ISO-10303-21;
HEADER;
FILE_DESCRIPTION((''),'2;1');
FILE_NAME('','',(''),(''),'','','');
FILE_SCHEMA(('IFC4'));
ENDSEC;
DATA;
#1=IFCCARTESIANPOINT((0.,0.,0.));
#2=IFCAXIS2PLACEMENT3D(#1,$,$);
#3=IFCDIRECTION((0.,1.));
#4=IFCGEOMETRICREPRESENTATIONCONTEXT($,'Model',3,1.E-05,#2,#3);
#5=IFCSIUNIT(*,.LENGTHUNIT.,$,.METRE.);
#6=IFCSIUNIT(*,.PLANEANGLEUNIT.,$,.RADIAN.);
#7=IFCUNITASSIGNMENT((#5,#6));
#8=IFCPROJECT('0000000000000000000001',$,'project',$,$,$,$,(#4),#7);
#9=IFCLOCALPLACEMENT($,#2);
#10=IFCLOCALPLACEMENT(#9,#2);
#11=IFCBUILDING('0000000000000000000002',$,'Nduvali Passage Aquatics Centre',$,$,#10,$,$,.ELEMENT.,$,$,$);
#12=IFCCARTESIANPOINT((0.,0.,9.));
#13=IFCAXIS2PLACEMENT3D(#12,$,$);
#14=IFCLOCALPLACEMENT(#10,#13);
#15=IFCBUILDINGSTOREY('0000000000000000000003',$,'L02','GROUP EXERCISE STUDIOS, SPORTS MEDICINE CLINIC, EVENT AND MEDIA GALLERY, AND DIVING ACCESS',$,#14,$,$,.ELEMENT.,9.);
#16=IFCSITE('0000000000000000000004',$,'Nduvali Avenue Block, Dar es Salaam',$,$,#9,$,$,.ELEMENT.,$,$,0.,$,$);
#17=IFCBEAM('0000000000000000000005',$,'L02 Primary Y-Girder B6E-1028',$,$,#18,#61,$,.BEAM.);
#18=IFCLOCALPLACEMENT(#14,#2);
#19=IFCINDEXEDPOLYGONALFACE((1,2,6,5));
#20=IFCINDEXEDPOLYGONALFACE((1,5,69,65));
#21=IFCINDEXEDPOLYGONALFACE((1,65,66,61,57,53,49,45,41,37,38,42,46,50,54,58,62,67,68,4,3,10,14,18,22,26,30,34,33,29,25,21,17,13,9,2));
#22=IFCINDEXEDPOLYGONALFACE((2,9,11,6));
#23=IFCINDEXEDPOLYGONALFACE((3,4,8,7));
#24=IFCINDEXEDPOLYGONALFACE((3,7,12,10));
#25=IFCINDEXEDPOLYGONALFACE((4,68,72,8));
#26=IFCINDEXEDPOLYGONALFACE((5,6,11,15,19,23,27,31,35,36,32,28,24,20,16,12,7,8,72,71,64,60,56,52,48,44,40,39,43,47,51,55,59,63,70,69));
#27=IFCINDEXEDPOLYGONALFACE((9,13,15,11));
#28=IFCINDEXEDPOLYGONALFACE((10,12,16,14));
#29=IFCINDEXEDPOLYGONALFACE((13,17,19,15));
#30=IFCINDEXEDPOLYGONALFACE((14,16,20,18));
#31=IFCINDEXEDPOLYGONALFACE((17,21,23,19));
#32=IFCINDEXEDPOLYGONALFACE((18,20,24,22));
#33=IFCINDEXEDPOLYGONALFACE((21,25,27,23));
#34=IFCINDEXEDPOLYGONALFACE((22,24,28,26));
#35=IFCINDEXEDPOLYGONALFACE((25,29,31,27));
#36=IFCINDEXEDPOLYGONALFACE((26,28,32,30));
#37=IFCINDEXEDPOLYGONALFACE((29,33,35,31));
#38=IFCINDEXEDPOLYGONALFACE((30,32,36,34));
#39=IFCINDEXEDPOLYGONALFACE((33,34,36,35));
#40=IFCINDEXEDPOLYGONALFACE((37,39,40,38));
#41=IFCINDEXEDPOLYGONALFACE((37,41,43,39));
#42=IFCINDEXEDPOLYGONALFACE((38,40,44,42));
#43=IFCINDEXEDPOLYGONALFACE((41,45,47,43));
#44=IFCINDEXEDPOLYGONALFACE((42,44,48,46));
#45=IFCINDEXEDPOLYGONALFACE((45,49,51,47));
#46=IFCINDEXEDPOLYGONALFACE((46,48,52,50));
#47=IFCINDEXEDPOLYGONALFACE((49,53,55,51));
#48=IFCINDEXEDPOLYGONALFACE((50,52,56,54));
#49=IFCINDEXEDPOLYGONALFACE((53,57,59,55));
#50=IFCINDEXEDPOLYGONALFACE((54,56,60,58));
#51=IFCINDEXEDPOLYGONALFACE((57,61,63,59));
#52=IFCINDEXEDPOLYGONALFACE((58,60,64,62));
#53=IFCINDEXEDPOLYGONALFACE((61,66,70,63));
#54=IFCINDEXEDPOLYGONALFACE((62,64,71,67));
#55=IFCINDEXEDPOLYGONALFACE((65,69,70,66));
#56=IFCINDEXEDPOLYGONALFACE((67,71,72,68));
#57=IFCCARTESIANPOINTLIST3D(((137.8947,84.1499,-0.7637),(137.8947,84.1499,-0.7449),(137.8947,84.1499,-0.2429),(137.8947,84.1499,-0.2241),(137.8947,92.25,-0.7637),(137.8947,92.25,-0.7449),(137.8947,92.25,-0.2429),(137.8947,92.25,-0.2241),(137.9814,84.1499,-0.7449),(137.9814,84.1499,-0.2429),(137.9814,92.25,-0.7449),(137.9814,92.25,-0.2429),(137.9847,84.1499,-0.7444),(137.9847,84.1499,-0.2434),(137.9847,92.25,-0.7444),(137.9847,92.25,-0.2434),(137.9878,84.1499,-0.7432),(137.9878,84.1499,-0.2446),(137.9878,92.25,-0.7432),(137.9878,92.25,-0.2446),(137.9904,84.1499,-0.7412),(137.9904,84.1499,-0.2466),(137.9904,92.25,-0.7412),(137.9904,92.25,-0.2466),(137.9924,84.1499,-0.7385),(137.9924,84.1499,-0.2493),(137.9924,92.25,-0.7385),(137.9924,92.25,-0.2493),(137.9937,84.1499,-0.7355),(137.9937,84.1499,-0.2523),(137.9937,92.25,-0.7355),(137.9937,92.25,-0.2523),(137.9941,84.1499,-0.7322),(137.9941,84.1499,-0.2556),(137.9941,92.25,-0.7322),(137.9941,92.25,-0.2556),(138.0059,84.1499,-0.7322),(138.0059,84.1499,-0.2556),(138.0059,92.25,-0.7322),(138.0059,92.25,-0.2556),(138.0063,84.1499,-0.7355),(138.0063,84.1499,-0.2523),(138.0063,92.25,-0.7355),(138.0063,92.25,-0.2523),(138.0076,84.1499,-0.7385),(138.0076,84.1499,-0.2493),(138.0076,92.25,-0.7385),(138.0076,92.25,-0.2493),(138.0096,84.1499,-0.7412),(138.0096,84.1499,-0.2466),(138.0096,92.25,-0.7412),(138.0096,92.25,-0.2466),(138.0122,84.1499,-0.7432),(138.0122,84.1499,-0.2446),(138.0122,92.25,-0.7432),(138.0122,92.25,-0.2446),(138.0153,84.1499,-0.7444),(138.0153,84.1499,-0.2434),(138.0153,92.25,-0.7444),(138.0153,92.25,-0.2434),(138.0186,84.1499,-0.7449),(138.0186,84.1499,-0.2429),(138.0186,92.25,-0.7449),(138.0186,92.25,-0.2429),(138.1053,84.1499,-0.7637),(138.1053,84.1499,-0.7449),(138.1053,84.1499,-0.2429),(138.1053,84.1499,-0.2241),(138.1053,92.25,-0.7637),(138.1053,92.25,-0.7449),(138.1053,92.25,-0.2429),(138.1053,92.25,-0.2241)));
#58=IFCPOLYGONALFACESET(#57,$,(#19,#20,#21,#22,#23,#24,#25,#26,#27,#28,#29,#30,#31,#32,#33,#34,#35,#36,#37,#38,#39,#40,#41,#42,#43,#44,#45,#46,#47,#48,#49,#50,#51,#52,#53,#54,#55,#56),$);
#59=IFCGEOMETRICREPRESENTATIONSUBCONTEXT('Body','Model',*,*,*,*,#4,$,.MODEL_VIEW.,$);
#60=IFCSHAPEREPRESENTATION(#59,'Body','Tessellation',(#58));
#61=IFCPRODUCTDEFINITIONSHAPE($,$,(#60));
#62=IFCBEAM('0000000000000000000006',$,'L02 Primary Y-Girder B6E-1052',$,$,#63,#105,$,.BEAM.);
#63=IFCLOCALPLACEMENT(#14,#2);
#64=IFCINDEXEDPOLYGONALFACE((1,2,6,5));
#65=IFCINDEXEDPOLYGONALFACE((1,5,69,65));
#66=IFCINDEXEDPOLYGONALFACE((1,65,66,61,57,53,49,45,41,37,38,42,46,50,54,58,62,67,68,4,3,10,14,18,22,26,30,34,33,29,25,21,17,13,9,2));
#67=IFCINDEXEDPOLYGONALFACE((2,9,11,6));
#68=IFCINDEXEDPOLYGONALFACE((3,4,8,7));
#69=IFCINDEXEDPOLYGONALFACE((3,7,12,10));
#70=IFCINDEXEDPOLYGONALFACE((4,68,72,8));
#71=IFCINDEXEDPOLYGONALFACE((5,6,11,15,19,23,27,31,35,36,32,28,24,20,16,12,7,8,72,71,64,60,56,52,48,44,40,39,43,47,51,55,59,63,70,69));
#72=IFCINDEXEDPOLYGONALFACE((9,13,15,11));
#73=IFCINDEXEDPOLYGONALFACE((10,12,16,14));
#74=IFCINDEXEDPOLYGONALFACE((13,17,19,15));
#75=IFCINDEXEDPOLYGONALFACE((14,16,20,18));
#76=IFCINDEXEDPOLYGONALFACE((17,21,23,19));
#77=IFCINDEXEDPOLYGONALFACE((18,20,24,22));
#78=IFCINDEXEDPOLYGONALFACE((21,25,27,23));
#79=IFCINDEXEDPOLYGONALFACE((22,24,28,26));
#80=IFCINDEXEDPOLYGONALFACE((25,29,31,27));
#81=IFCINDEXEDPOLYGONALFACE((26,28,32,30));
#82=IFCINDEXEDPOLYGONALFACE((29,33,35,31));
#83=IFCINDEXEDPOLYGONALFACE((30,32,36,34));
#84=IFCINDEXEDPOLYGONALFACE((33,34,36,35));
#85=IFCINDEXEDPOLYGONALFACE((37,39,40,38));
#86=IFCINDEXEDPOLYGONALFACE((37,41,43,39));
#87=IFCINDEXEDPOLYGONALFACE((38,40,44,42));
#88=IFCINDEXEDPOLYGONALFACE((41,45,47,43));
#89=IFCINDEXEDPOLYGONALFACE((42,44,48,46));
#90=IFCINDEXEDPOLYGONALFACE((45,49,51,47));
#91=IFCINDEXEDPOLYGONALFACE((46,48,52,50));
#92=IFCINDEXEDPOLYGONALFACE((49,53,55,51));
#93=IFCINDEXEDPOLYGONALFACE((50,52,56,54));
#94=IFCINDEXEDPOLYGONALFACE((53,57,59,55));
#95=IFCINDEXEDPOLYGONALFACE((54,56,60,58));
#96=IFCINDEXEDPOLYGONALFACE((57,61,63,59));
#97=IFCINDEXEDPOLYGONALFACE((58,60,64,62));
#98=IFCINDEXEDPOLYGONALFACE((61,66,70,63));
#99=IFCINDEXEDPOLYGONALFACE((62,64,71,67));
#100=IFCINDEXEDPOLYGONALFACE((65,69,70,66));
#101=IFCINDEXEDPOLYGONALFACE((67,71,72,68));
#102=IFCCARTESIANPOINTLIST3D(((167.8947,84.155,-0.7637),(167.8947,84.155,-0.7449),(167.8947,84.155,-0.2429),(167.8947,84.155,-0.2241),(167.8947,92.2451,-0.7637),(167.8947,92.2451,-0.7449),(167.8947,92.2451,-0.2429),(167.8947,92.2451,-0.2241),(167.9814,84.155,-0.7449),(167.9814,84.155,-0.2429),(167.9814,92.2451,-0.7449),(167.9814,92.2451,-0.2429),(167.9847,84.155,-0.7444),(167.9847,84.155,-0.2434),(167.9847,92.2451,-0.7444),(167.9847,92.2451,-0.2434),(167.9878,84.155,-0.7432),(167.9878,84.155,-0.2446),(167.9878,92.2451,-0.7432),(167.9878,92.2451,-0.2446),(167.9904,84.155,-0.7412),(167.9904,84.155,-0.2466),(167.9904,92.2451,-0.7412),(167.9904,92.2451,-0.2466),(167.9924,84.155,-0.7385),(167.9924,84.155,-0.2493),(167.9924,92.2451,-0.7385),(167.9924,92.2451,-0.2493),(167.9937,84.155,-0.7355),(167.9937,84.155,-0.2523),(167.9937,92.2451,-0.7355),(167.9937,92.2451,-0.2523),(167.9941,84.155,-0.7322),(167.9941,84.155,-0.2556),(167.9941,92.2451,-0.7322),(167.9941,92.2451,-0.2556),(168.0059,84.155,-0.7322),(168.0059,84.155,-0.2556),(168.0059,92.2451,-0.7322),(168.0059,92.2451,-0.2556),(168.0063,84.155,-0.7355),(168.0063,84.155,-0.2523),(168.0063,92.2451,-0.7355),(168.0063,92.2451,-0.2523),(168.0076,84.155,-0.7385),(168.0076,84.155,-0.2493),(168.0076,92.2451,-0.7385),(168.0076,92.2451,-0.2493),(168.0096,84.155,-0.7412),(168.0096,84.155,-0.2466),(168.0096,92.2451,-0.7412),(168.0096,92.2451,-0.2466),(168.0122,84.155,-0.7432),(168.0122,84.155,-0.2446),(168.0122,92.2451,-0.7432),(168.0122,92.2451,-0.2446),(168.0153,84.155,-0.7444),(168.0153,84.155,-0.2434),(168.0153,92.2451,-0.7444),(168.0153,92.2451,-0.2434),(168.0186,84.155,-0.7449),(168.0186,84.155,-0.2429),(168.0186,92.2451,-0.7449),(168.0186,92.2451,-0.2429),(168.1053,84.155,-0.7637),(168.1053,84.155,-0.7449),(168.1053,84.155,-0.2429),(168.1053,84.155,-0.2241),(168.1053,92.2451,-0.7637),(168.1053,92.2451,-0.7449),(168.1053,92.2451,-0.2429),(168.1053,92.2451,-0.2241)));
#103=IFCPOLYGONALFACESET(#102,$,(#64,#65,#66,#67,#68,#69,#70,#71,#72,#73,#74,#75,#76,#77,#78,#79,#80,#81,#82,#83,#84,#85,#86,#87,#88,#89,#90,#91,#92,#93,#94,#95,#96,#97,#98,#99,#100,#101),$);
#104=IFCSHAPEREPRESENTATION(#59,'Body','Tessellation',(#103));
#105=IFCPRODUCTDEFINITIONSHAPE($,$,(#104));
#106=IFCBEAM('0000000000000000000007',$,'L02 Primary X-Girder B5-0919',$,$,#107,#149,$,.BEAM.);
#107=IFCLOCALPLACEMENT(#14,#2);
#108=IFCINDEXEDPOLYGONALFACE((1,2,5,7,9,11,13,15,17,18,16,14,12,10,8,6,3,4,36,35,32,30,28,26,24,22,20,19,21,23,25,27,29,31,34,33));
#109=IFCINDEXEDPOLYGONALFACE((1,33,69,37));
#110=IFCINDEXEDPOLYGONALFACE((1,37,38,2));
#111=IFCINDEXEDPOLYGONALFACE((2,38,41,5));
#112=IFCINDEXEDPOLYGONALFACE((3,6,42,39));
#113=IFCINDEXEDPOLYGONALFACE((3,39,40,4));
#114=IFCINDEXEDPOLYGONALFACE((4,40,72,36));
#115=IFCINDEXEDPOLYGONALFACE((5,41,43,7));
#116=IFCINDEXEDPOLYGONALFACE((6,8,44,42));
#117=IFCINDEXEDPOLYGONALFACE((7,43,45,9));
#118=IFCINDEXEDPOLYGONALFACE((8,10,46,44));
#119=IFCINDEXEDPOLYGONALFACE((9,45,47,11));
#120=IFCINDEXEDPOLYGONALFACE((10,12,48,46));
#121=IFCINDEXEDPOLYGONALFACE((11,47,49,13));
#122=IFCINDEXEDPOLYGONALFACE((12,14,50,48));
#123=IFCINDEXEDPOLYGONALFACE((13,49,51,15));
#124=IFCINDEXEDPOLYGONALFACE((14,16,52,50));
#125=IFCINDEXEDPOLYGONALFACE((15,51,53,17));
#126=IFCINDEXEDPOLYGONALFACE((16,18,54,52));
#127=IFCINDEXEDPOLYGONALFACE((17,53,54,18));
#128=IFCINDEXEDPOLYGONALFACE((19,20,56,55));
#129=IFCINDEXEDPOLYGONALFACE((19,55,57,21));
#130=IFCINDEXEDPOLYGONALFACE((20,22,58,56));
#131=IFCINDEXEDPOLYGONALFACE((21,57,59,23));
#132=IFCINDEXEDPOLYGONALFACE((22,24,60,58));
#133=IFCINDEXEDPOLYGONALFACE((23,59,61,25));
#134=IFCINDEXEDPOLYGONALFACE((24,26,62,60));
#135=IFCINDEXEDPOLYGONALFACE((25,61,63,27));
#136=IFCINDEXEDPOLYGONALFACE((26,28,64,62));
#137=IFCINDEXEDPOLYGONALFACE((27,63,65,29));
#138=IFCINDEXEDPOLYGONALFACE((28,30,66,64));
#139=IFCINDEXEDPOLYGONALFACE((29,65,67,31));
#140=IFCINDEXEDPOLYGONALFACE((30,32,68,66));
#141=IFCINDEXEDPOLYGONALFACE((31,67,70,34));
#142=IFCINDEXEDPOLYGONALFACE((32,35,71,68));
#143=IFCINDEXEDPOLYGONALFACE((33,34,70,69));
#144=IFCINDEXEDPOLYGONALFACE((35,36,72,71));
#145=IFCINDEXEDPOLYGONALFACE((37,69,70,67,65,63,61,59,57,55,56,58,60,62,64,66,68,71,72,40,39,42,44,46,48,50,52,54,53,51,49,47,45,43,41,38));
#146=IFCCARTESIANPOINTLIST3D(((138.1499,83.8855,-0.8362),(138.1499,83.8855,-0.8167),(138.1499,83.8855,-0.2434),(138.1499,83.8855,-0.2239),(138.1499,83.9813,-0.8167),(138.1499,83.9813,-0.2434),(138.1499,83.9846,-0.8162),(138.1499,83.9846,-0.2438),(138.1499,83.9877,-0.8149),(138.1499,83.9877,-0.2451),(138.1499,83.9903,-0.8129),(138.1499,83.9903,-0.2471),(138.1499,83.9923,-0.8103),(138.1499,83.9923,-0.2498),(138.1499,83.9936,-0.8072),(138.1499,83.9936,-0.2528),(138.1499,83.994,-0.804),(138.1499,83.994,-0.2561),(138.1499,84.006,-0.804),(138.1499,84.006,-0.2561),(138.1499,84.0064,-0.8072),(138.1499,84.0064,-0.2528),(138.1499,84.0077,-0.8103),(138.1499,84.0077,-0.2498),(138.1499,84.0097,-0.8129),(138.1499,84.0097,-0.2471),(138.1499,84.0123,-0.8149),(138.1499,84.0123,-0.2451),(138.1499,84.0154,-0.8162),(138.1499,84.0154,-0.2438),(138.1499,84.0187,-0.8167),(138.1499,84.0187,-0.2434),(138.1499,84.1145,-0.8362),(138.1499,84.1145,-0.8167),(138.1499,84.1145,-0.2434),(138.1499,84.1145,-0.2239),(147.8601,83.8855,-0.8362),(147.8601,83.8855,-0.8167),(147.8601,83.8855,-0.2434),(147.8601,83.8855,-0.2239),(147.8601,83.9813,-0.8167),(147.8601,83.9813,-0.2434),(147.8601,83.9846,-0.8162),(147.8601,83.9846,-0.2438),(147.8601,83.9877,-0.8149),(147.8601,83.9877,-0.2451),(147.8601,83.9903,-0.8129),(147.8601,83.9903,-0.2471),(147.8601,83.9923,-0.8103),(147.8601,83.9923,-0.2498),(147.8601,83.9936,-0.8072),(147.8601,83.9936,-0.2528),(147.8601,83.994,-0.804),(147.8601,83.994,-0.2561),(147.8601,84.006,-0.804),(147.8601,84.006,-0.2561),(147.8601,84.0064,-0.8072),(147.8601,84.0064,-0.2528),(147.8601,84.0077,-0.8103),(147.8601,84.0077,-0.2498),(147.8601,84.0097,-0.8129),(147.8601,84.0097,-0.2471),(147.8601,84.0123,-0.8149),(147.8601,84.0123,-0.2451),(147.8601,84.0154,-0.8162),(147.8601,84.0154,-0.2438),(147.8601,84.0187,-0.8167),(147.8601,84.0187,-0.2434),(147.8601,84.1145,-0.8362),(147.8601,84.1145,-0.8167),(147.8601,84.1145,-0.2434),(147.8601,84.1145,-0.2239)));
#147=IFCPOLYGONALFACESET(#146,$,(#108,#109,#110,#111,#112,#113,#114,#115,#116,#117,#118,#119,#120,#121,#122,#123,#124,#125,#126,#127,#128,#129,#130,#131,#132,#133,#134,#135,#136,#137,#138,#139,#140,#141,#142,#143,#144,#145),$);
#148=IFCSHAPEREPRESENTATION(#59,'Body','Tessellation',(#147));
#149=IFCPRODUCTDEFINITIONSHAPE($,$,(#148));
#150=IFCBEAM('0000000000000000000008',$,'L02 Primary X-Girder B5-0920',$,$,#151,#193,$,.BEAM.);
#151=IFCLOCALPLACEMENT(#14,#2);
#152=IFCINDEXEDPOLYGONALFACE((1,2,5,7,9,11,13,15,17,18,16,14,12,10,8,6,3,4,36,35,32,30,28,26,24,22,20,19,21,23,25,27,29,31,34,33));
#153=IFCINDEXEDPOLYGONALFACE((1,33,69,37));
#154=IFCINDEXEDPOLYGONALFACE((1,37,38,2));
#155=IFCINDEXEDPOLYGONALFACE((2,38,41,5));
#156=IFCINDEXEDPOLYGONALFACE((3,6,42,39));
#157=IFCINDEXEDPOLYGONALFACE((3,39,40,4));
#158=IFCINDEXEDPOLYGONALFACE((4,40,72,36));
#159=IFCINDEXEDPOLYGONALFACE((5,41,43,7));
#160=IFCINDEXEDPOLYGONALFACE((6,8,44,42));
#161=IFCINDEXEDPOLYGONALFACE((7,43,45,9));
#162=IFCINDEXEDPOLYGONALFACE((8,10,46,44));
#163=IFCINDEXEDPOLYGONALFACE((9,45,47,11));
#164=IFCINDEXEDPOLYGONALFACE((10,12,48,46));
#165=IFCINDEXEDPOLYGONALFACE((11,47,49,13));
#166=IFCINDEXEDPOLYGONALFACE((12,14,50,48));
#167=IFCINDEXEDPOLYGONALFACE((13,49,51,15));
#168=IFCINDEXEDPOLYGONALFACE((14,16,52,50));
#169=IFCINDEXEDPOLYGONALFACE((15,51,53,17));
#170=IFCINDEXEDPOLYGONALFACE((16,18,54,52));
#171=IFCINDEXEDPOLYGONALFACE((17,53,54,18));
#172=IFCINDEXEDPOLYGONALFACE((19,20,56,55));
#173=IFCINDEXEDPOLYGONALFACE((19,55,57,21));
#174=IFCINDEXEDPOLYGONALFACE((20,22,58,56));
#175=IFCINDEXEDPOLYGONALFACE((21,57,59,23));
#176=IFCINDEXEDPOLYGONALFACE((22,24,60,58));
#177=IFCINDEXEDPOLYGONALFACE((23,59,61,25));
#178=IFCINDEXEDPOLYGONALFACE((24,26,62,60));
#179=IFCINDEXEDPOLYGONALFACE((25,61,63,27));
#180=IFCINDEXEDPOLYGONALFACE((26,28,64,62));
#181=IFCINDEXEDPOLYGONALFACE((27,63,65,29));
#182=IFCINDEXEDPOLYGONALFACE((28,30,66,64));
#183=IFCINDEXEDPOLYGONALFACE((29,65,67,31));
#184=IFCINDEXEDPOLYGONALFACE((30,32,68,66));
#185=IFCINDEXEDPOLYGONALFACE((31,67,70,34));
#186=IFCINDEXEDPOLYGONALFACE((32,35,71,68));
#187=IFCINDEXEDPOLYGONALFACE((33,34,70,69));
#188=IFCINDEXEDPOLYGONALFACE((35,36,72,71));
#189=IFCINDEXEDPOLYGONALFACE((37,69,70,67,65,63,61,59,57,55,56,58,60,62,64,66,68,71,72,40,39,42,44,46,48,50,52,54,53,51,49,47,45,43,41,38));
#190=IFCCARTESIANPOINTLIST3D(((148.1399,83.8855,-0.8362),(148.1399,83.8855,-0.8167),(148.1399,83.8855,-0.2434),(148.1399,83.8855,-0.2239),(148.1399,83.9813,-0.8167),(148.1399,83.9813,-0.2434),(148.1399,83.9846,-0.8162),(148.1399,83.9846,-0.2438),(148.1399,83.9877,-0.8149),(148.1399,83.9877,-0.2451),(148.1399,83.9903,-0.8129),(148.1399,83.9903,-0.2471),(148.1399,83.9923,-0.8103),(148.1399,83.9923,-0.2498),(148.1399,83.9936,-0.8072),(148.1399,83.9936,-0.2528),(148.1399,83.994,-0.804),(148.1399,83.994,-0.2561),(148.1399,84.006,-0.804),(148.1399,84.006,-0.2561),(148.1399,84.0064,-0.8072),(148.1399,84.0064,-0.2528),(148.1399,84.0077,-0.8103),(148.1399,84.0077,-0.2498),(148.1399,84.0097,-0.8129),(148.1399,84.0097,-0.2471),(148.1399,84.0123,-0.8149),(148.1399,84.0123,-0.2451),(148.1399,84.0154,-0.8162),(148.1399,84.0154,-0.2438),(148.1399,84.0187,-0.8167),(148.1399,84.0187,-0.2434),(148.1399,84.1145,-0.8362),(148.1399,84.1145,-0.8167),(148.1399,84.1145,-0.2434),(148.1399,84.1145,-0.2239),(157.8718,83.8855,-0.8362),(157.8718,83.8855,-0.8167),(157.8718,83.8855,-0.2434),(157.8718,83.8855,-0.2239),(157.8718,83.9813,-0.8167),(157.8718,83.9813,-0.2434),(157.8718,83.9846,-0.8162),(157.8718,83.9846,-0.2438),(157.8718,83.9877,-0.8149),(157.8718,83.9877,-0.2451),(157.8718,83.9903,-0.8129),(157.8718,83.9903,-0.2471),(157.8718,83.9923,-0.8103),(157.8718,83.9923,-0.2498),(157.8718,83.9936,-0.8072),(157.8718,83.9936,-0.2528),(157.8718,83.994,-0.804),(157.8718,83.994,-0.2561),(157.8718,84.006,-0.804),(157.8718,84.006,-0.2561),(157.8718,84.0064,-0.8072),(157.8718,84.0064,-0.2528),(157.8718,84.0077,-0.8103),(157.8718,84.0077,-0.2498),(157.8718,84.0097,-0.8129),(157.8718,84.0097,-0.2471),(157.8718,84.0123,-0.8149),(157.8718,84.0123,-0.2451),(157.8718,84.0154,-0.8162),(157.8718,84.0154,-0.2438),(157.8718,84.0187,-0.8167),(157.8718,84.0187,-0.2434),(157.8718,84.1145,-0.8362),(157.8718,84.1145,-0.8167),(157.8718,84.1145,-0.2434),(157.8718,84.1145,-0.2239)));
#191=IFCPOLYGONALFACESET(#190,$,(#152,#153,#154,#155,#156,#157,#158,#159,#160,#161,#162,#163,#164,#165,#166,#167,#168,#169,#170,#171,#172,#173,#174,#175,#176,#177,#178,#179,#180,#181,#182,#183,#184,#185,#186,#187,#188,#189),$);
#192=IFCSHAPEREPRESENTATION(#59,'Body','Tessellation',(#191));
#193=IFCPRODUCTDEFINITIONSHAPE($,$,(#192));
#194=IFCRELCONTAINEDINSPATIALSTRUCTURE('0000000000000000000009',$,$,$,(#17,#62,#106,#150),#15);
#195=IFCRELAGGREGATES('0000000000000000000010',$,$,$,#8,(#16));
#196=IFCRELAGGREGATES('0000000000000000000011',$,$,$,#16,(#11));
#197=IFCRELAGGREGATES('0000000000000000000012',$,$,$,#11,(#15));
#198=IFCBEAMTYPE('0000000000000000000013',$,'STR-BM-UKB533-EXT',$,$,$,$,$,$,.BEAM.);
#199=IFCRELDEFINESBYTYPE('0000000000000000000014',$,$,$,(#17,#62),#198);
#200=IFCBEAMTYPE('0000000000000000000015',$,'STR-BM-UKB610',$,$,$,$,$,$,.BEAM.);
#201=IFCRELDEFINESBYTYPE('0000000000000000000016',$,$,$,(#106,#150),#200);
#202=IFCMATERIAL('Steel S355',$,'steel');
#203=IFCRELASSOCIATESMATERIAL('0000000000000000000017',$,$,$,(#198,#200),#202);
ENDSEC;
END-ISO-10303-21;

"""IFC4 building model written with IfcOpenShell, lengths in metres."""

from ifc_helpers import new_model, si_unit, direction, frame, origin, origin_2d, place, context, subcontext, project, spatial, i_section, extrude, material, material_profile, profile_set, type_object, element, save


model = new_model("IFC4")

# Units and contexts
model_context = context("Model", 3, precision=1e-05, world=origin(), true_north=direction((0.0, 1.0)))
body_context = subcontext(model_context, "Body", "Model", "MODEL_VIEW")
ifc_project = project(units=[si_unit("LENGTHUNIT", "METRE"), si_unit("PLANEANGLEUNIT", "RADIAN")], contexts=[model_context])

# Site, building, storey
site_placement = place(None, origin())
site = spatial("IfcSite", under=ifc_project, at=site_placement, Name="Nduvali Avenue Block, Dar es Salaam", CompositionType="ELEMENT", RefElevation=0.0)
building_placement = place(site_placement, origin())
building = spatial("IfcBuilding", under=site, at=building_placement, Name="Nduvali Passage Aquatics Centre", CompositionType="ELEMENT")
storey_placement = place(building_placement, frame((0.0, 0.0, 9.0)))
storey = spatial("IfcBuildingStorey", under=building, at=storey_placement, Name="L02", Description="GROUP EXERCISE STUDIOS, SPORTS MEDICINE CLINIC, EVENT AND MEDIA GALLERY, AND DIVING ACCESS", CompositionType="ELEMENT", Elevation=9.0)

# Shared definitions
ifc_material_1 = material(Name="Steel S355", Category="steel")

# Beams
ifc_material_profile_1 = material_profile(ifc_material_1, i_section(OverallWidth=0.2107, OverallDepth=0.5396, WebThickness=0.0117, FlangeThickness=0.0188, FilletRadius=0.0127, at=origin_2d()), Name="UKB 533x210x109")
ifc_profile_set_1 = profile_set([ifc_material_profile_1], Name="Steel S355")
beam_type_1 = type_object("IfcBeamType", Name="STR-BM-UKB533-EXT", PredefinedType="BEAM", material=ifc_profile_set_1)
beam_1_placement = place(storey_placement, frame((138.0, 84.1499, -0.4939), z_axis=(0.0, 1.0, 0.0), x_axis=(-1.0, 0.0, 0.0)))
element("IfcBeam", 1, at=beam_1_placement, inside=storey, type_object=beam_type_1, Name="L02 Primary Y-Girder B6E-1028", PredefinedType="BEAM", context=body_context, shape_type="SweptSolid", body=[
    extrude(i_section(OverallWidth=0.2107, OverallDepth=0.5396, WebThickness=0.0117, FlangeThickness=0.0188, FilletRadius=0.0127, at=origin_2d()), origin(), (0.0, 0.0, 1.0), 8.1001),
])
beam_2_placement = place(storey_placement, frame((168.0, 84.155, -0.4939), z_axis=(0.0, 1.0, 0.0), x_axis=(-1.0, 0.0, 0.0)))
element("IfcBeam", 2, at=beam_2_placement, inside=storey, type_object=beam_type_1, Name="L02 Primary Y-Girder B6E-1052", PredefinedType="BEAM", context=body_context, shape_type="SweptSolid", body=[
    extrude(i_section(OverallWidth=0.2107, OverallDepth=0.5396, WebThickness=0.0117, FlangeThickness=0.0188, FilletRadius=0.0127, at=origin_2d()), origin(), (0.0, 0.0, 1.0), 8.0901),
])
ifc_material_profile_2 = material_profile(ifc_material_1, i_section(OverallWidth=0.229, OverallDepth=0.6123, WebThickness=0.012, FlangeThickness=0.0195, FilletRadius=0.0127, at=origin_2d()), Name="UKB 610x229x125")
ifc_profile_set_2 = profile_set([ifc_material_profile_2], Name="Steel S355")
beam_type_2 = type_object("IfcBeamType", Name="STR-BM-UKB610", PredefinedType="BEAM", material=ifc_profile_set_2)
beam_3_placement = place(storey_placement, frame((138.1499, 84.0, -0.53), z_axis=(1.0, 0.0, 0.0), x_axis=(0.0, 1.0, 0.0)))
element("IfcBeam", 3, at=beam_3_placement, inside=storey, type_object=beam_type_2, Name="L02 Primary X-Girder B5-0919", PredefinedType="BEAM", context=body_context, shape_type="SweptSolid", body=[
    extrude(i_section(OverallWidth=0.229, OverallDepth=0.6123, WebThickness=0.012, FlangeThickness=0.0195, FilletRadius=0.0127, at=origin_2d()), origin(), (0.0, 0.0, 1.0), 9.7102),
])
beam_4_placement = place(storey_placement, frame((148.1399, 84.0, -0.53), z_axis=(1.0, 0.0, 0.0), x_axis=(0.0, 1.0, 0.0)))
element("IfcBeam", 4, at=beam_4_placement, inside=storey, type_object=beam_type_2, Name="L02 Primary X-Girder B5-0920", PredefinedType="BEAM", context=body_context, shape_type="SweptSolid", body=[
    extrude(i_section(OverallWidth=0.229, OverallDepth=0.6123, WebThickness=0.012, FlangeThickness=0.0195, FilletRadius=0.0127, at=origin_2d()), origin(), (0.0, 0.0, 1.0), 9.7319),
])

save(model, "model.ifc")
